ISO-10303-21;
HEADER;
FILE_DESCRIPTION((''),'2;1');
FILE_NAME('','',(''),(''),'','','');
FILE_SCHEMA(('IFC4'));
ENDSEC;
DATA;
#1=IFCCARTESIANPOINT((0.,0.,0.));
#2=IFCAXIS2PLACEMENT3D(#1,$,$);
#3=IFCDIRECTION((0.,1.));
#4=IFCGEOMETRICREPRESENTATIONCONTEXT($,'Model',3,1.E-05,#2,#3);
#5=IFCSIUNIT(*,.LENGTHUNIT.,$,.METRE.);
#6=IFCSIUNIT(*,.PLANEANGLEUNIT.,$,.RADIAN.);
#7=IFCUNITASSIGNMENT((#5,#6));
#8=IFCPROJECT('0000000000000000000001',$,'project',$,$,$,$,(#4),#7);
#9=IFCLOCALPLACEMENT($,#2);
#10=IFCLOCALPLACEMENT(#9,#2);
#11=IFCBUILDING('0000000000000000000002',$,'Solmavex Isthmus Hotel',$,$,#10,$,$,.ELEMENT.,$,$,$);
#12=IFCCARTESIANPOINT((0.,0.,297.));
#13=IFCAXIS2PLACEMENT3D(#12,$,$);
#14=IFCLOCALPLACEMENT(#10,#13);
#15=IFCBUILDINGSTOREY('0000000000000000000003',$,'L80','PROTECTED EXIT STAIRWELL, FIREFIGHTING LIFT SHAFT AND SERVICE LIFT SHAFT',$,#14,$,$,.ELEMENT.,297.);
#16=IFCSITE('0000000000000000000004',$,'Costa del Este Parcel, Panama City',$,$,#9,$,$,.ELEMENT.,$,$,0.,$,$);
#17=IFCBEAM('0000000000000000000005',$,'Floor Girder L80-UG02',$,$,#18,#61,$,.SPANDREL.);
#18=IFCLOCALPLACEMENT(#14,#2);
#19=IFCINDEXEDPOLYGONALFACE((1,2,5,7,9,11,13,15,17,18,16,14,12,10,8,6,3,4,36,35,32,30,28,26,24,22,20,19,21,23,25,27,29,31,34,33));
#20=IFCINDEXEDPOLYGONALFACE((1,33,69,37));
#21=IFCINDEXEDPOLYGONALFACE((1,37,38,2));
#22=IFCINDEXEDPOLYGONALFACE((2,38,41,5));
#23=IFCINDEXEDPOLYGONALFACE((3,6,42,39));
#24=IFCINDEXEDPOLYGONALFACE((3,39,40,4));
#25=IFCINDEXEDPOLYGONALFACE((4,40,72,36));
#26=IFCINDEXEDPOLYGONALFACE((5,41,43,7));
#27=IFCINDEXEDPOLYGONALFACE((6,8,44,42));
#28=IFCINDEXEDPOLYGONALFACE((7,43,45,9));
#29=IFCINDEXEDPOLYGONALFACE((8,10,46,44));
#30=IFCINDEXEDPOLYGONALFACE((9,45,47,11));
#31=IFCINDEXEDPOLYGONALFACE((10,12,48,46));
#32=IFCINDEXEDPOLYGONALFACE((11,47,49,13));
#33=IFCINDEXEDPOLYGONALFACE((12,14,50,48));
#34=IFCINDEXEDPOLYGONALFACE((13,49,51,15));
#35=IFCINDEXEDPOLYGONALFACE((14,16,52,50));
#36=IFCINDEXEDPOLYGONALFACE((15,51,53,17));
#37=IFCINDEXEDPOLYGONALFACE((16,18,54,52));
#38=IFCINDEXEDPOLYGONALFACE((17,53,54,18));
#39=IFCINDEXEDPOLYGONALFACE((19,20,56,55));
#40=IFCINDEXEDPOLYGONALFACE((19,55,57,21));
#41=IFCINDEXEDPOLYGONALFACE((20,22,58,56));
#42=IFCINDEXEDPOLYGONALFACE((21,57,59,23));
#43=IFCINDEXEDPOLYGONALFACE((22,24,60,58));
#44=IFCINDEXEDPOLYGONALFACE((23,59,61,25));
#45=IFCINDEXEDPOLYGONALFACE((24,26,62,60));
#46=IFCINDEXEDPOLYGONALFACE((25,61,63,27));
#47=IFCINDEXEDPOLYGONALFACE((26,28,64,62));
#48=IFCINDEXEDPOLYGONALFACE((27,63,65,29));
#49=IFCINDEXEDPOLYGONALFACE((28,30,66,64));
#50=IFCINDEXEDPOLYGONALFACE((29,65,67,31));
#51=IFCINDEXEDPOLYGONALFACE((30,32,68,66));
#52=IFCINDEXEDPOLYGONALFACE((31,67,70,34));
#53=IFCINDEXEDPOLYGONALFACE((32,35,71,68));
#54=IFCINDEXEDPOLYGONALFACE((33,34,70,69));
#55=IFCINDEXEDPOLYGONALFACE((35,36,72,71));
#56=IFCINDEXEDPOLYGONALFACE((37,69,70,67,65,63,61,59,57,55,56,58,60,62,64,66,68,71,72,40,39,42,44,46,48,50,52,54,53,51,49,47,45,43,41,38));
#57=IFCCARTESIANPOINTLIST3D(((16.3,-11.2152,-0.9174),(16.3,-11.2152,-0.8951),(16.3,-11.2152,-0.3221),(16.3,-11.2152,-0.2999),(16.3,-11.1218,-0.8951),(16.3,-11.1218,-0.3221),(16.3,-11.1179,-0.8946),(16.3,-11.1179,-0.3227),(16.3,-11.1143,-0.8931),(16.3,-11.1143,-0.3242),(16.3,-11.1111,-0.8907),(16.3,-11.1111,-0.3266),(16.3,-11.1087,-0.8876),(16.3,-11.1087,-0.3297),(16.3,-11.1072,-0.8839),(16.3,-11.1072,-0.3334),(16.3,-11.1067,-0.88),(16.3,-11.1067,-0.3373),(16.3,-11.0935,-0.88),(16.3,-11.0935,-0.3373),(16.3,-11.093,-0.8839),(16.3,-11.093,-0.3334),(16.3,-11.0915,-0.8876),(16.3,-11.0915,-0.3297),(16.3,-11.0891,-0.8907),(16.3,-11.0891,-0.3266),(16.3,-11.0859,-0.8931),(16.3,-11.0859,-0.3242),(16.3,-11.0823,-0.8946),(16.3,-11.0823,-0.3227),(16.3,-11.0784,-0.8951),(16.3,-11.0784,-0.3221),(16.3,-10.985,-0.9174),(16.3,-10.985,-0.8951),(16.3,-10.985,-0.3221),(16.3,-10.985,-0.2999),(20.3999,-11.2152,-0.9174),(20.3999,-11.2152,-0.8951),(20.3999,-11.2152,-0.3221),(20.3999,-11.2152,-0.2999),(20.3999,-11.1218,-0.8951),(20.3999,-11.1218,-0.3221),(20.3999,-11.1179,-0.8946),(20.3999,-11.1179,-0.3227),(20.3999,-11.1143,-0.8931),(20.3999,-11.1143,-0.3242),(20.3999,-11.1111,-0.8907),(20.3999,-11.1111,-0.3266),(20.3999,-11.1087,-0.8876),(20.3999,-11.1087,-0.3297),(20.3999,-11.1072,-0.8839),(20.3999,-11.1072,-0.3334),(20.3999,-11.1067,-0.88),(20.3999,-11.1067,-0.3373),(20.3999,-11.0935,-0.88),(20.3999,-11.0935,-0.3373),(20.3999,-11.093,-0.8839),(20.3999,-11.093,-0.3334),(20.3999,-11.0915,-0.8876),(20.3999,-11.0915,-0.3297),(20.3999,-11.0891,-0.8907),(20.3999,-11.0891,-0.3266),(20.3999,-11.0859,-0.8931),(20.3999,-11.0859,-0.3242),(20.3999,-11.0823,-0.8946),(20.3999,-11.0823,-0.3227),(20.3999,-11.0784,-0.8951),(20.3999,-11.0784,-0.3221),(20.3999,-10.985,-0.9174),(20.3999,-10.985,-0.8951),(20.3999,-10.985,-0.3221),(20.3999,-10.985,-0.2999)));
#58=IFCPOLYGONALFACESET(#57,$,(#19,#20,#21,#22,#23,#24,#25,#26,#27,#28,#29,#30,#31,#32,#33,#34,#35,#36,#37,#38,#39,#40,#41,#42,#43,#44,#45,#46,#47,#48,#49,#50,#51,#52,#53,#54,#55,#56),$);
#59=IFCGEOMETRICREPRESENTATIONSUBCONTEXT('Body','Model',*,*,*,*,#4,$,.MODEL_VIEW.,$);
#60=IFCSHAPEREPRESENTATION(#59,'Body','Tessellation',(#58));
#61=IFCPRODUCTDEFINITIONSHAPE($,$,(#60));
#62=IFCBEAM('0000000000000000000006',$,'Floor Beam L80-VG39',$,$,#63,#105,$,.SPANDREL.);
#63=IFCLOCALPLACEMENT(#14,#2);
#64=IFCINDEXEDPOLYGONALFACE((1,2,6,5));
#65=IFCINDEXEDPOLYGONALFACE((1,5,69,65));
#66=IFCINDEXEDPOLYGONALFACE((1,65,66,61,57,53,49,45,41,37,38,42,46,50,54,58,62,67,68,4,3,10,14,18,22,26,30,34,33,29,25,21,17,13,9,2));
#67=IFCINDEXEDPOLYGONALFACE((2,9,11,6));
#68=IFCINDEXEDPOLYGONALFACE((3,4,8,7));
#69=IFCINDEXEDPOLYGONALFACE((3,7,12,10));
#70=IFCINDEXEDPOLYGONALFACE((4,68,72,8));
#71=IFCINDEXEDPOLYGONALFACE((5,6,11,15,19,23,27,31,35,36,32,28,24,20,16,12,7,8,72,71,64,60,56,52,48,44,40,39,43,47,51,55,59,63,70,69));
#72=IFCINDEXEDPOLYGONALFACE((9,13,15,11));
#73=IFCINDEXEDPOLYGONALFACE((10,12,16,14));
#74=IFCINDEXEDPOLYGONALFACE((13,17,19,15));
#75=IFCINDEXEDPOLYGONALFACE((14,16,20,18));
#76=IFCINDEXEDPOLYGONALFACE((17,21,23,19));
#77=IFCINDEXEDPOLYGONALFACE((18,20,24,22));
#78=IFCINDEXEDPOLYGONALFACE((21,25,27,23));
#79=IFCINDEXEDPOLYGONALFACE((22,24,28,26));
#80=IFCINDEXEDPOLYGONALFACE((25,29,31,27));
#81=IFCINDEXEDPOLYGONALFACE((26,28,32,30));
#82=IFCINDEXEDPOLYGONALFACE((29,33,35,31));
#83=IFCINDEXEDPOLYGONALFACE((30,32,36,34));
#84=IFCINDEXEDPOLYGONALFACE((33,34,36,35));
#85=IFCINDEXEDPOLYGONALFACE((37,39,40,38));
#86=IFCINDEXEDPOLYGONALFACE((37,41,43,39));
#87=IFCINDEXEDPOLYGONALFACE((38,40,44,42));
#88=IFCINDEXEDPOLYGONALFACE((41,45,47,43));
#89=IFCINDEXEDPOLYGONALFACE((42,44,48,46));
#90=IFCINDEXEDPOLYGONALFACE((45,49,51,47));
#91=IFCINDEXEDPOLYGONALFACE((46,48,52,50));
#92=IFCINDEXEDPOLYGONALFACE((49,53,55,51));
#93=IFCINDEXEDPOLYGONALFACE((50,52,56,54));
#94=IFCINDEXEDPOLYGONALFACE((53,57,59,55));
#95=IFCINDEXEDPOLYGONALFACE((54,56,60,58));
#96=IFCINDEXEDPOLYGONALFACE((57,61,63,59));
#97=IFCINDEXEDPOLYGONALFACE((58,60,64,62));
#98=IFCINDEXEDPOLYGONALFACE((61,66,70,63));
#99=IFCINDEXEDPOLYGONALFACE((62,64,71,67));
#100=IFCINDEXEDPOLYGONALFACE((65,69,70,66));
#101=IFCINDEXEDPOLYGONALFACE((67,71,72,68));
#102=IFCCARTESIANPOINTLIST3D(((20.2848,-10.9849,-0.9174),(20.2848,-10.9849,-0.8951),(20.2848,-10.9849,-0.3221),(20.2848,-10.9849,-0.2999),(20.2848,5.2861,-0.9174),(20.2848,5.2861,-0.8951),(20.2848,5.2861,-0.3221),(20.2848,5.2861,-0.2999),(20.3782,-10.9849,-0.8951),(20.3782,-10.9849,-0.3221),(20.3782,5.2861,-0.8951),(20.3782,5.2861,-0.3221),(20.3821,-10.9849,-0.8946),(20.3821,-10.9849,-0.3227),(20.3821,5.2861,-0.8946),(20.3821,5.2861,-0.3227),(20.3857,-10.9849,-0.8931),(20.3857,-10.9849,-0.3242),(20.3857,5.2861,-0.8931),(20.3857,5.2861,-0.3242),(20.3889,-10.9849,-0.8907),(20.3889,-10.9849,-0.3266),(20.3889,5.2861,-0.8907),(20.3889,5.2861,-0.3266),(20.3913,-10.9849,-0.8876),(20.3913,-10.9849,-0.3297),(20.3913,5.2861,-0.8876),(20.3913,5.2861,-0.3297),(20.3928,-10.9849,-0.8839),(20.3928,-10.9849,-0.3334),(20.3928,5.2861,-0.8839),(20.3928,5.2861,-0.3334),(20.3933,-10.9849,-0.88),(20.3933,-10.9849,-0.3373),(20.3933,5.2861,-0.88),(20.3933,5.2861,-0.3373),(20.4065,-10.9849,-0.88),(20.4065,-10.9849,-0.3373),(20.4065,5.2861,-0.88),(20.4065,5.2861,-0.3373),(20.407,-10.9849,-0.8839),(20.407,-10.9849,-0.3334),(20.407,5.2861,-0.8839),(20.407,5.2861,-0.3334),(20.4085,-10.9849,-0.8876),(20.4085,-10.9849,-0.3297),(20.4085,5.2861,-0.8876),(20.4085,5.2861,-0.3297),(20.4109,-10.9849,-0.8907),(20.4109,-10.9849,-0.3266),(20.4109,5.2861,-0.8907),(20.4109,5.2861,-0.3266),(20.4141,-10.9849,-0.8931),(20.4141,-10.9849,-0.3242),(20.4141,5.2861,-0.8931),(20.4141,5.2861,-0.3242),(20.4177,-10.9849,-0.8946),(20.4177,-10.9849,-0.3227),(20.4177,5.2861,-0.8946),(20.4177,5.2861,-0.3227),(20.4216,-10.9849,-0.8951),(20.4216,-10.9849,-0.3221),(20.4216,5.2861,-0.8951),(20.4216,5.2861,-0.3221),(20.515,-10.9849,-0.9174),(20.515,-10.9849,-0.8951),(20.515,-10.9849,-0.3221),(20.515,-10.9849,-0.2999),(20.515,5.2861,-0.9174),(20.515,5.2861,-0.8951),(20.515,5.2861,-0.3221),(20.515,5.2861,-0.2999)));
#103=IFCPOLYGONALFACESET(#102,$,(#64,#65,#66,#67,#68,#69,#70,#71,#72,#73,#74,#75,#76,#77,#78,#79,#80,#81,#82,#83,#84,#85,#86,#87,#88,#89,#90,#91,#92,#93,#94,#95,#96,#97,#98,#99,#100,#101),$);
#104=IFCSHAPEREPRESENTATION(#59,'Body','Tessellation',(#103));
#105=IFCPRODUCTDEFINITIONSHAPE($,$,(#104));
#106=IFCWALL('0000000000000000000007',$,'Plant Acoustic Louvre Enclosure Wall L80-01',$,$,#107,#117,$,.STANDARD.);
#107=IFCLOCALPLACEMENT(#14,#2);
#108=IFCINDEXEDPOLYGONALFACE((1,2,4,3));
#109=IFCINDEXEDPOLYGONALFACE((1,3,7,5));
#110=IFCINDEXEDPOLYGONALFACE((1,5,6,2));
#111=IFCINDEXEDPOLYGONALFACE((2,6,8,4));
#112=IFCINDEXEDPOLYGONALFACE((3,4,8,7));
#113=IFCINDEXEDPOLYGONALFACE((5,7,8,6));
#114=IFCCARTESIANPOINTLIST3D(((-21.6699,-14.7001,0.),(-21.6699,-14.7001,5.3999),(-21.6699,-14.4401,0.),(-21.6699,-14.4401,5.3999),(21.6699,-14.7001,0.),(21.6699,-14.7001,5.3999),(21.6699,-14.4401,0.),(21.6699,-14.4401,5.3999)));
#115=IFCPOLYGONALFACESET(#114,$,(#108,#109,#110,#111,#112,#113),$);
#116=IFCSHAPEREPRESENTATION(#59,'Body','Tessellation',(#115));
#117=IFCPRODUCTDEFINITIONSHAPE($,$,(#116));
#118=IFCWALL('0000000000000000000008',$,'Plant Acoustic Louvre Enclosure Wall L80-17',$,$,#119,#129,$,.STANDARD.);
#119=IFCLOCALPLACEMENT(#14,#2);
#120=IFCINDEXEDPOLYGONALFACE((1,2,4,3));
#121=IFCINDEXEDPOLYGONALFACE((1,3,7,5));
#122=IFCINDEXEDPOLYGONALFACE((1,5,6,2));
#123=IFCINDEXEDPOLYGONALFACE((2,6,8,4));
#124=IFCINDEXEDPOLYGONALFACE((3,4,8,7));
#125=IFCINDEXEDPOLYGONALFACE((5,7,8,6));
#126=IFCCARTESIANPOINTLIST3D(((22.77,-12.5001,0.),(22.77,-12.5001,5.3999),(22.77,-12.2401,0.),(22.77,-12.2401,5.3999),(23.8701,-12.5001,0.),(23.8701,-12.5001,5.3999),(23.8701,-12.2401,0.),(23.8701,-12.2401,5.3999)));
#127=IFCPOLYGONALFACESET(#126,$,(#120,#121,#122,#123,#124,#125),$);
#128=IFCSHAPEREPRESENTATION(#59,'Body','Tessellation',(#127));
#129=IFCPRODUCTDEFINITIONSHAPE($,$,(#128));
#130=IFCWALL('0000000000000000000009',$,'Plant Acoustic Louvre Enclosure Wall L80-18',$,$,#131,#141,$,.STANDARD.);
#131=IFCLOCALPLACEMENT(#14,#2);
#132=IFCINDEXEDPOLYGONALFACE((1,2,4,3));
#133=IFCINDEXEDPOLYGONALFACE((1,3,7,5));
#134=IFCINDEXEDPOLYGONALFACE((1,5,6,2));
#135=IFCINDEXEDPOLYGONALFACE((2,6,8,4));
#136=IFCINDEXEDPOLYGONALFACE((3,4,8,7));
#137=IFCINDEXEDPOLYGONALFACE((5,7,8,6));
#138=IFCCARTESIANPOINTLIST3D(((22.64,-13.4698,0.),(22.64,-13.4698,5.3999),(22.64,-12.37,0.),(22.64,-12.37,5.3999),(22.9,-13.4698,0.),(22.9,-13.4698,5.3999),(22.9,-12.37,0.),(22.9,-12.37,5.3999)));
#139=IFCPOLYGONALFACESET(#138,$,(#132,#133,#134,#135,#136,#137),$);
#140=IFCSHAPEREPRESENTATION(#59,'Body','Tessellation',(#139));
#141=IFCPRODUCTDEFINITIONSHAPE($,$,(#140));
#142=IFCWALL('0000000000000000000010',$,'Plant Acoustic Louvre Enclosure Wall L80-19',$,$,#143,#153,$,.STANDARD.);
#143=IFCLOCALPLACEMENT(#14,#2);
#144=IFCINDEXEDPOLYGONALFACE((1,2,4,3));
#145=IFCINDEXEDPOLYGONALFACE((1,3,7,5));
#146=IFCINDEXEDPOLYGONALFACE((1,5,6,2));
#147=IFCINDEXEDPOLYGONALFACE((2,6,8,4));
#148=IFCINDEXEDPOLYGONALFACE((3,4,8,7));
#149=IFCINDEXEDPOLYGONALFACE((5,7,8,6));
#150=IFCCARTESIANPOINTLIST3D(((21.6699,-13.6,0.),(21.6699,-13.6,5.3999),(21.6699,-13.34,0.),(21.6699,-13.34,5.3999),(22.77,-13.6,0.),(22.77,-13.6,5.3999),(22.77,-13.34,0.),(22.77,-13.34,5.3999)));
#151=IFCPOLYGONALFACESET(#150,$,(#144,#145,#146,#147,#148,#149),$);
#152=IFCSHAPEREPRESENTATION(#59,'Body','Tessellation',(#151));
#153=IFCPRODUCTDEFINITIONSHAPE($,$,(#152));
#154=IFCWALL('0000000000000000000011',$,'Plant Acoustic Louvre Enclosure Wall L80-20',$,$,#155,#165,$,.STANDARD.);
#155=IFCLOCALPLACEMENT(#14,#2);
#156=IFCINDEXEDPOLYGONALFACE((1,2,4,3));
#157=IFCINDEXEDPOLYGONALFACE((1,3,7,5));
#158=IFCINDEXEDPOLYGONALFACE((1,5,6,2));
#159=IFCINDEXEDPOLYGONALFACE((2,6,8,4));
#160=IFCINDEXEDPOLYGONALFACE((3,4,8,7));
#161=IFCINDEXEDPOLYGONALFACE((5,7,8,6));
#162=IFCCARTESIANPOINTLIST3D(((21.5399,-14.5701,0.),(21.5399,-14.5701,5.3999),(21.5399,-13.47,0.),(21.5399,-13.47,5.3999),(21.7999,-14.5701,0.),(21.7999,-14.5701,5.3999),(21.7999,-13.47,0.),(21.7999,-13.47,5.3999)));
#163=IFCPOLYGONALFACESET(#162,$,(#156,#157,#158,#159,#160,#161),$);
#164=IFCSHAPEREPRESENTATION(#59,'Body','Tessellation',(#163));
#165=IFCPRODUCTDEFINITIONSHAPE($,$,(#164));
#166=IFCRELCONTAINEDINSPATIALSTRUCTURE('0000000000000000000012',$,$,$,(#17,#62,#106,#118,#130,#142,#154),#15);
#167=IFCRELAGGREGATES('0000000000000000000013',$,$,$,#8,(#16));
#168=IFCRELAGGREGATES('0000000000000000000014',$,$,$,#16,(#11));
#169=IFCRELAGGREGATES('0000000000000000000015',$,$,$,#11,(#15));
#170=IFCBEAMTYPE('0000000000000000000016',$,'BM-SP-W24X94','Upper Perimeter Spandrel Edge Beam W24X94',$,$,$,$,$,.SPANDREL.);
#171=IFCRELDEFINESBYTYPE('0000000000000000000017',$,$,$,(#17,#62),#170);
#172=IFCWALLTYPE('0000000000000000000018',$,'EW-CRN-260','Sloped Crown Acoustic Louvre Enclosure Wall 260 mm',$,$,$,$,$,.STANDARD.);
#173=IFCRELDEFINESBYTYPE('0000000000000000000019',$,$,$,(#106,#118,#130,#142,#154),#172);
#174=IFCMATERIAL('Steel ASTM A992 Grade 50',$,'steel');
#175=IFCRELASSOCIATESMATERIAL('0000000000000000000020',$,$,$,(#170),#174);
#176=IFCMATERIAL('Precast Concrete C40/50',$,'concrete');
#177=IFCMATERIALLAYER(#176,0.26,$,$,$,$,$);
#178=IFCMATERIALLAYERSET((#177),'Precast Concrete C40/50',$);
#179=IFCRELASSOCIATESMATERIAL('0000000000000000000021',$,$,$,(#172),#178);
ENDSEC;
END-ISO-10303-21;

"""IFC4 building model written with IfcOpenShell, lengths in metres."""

from ifc_helpers import new_model, si_unit, direction, frame, frame_2d, origin, origin_2d, place, context, subcontext, project, spatial, rectangle, i_section, extrude, material, layer, layer_set, material_profile, profile_set, type_object, element, save


model = new_model("IFC4")

# Units and contexts
model_context = context("Model", 3, precision=1e-05, world=origin(), true_north=direction((0.0, 1.0)))
body_context = subcontext(model_context, "Body", "Model", "MODEL_VIEW")
ifc_project = project(units=[si_unit("LENGTHUNIT", "METRE"), si_unit("PLANEANGLEUNIT", "RADIAN")], contexts=[model_context])

# Site, building, storey
site_placement = place(None, origin())
site = spatial("IfcSite", under=ifc_project, at=site_placement, Name="Costa del Este Parcel, Panama City", CompositionType="ELEMENT", RefElevation=0.0)
building_placement = place(site_placement, origin())
building = spatial("IfcBuilding", under=site, at=building_placement, Name="Solmavex Isthmus Hotel", CompositionType="ELEMENT")
storey_placement = place(building_placement, frame((0.0, 0.0, 297.0)))
storey = spatial("IfcBuildingStorey", under=building, at=storey_placement, Name="L80", Description="PROTECTED EXIT STAIRWELL, FIREFIGHTING LIFT SHAFT AND SERVICE LIFT SHAFT", CompositionType="ELEMENT", Elevation=297.0)

# Beams
ifc_material_1 = material(Name="Steel ASTM A992 Grade 50", Category="steel")
ifc_material_profile_1 = material_profile(ifc_material_1, i_section(OverallWidth=0.2302, OverallDepth=0.6174, WebThickness=0.0132, FlangeThickness=0.0222, FilletRadius=0.0151, at=origin_2d()), Name="W24X94")
ifc_profile_set_1 = profile_set([ifc_material_profile_1], Name="Steel ASTM A992 Grade 50")
beam_type_1 = type_object("IfcBeamType", Name="BM-SP-W24X94", Description="Upper Perimeter Spandrel Edge Beam W24X94", PredefinedType="SPANDREL", material=ifc_profile_set_1)
beam_1_placement = place(storey_placement, frame((16.3, -11.1001, -0.6086), z_axis=(1.0, 0.0, 0.0), x_axis=(0.0, 1.0, 0.0)))
element("IfcBeam", 1, at=beam_1_placement, inside=storey, type_object=beam_type_1, Name="Floor Girder L80-UG02", PredefinedType="SPANDREL", context=body_context, shape_type="SweptSolid", body=[
    extrude(i_section(OverallWidth=0.2302, OverallDepth=0.6174, WebThickness=0.0132, FlangeThickness=0.0222, FilletRadius=0.0151, at=origin_2d()), origin(), (0.0, 0.0, 1.0), 4.0999),
])
beam_2_placement = place(storey_placement, frame((20.3999, -10.9849, -0.6086), z_axis=(0.0, 1.0, 0.0), x_axis=(-1.0, 0.0, 0.0)))
element("IfcBeam", 2, at=beam_2_placement, inside=storey, type_object=beam_type_1, Name="Floor Beam L80-VG39", PredefinedType="SPANDREL", context=body_context, shape_type="SweptSolid", body=[
    extrude(i_section(OverallWidth=0.2302, OverallDepth=0.6174, WebThickness=0.0132, FlangeThickness=0.0222, FilletRadius=0.0151, at=origin_2d()), origin(), (0.0, 0.0, 1.0), 16.271),
])

# Walls
ifc_material_2 = material(Name="Precast Concrete C40/50", Category="concrete")
ifc_layer_1 = layer(ifc_material_2, 0.26)
ifc_layer_set_1 = layer_set([ifc_layer_1], Name="Precast Concrete C40/50")
wall_type_1 = type_object("IfcWallType", Name="EW-CRN-260", Description="Sloped Crown Acoustic Louvre Enclosure Wall 260 mm", PredefinedType="STANDARD", material=ifc_layer_set_1)
wall_1_placement = place(storey_placement, frame((21.6699, -14.5701, 0.0), z_axis=(0.0, 0.0, 1.0), x_axis=(-1.0, 0.0, 0.0)))
element("IfcWall", 3, at=wall_1_placement, inside=storey, type_object=wall_type_1, Name="Plant Acoustic Louvre Enclosure Wall L80-01", PredefinedType="STANDARD", context=body_context, shape_type="SweptSolid", body=[
    extrude(rectangle(XDim=43.3398, YDim=0.26, at=frame_2d((21.6699, 0.0))), origin(), (0.0, 0.0, 1.0), 5.3999),
])
wall_2_placement = place(storey_placement, frame((23.8701, -12.3701, 0.0), z_axis=(0.0, 0.0, 1.0), x_axis=(-1.0, 0.0, 0.0)))
element("IfcWall", 4, at=wall_2_placement, inside=storey, type_object=wall_type_1, Name="Plant Acoustic Louvre Enclosure Wall L80-17", PredefinedType="STANDARD", context=body_context, shape_type="SweptSolid", body=[
    extrude(rectangle(XDim=1.1001, YDim=0.26, at=frame_2d((0.55, 0.0))), origin(), (0.0, 0.0, 1.0), 5.3999),
])
wall_3_placement = place(storey_placement, frame((22.77, -12.3701, 0.0), z_axis=(0.0, 0.0, 1.0), x_axis=(0.0, -1.0, 0.0)))
element("IfcWall", 5, at=wall_3_placement, inside=storey, type_object=wall_type_1, Name="Plant Acoustic Louvre Enclosure Wall L80-18", PredefinedType="STANDARD", context=body_context, shape_type="SweptSolid", body=[
    extrude(rectangle(XDim=1.0999, YDim=0.26, at=frame_2d((0.5498, 0.0))), origin(), (0.0, 0.0, 1.0), 5.3999),
])
for number, where, z_axis, x_axis, name in (
    (6, (22.77, -13.47, 0.0), (0.0, 0.0, 1.0), (-1.0, 0.0, 0.0), "Plant Acoustic Louvre Enclosure Wall L80-19"),
    (7, (21.6699, -13.47, 0.0), (0.0, 0.0, 1.0), (0.0, -1.0, 0.0), "Plant Acoustic Louvre Enclosure Wall L80-20"),
):
    element("IfcWall", number, at=place(storey_placement, frame(where, z_axis=z_axis, x_axis=x_axis)), inside=storey, type_object=wall_type_1, Name=name, PredefinedType="STANDARD", context=body_context, shape_type="SweptSolid", body=[
        extrude(rectangle(XDim=1.1001, YDim=0.26, at=frame_2d((0.55, 0.0))), origin(), (0.0, 0.0, 1.0), 5.3999),
    ])

save(model, "model.ifc")
